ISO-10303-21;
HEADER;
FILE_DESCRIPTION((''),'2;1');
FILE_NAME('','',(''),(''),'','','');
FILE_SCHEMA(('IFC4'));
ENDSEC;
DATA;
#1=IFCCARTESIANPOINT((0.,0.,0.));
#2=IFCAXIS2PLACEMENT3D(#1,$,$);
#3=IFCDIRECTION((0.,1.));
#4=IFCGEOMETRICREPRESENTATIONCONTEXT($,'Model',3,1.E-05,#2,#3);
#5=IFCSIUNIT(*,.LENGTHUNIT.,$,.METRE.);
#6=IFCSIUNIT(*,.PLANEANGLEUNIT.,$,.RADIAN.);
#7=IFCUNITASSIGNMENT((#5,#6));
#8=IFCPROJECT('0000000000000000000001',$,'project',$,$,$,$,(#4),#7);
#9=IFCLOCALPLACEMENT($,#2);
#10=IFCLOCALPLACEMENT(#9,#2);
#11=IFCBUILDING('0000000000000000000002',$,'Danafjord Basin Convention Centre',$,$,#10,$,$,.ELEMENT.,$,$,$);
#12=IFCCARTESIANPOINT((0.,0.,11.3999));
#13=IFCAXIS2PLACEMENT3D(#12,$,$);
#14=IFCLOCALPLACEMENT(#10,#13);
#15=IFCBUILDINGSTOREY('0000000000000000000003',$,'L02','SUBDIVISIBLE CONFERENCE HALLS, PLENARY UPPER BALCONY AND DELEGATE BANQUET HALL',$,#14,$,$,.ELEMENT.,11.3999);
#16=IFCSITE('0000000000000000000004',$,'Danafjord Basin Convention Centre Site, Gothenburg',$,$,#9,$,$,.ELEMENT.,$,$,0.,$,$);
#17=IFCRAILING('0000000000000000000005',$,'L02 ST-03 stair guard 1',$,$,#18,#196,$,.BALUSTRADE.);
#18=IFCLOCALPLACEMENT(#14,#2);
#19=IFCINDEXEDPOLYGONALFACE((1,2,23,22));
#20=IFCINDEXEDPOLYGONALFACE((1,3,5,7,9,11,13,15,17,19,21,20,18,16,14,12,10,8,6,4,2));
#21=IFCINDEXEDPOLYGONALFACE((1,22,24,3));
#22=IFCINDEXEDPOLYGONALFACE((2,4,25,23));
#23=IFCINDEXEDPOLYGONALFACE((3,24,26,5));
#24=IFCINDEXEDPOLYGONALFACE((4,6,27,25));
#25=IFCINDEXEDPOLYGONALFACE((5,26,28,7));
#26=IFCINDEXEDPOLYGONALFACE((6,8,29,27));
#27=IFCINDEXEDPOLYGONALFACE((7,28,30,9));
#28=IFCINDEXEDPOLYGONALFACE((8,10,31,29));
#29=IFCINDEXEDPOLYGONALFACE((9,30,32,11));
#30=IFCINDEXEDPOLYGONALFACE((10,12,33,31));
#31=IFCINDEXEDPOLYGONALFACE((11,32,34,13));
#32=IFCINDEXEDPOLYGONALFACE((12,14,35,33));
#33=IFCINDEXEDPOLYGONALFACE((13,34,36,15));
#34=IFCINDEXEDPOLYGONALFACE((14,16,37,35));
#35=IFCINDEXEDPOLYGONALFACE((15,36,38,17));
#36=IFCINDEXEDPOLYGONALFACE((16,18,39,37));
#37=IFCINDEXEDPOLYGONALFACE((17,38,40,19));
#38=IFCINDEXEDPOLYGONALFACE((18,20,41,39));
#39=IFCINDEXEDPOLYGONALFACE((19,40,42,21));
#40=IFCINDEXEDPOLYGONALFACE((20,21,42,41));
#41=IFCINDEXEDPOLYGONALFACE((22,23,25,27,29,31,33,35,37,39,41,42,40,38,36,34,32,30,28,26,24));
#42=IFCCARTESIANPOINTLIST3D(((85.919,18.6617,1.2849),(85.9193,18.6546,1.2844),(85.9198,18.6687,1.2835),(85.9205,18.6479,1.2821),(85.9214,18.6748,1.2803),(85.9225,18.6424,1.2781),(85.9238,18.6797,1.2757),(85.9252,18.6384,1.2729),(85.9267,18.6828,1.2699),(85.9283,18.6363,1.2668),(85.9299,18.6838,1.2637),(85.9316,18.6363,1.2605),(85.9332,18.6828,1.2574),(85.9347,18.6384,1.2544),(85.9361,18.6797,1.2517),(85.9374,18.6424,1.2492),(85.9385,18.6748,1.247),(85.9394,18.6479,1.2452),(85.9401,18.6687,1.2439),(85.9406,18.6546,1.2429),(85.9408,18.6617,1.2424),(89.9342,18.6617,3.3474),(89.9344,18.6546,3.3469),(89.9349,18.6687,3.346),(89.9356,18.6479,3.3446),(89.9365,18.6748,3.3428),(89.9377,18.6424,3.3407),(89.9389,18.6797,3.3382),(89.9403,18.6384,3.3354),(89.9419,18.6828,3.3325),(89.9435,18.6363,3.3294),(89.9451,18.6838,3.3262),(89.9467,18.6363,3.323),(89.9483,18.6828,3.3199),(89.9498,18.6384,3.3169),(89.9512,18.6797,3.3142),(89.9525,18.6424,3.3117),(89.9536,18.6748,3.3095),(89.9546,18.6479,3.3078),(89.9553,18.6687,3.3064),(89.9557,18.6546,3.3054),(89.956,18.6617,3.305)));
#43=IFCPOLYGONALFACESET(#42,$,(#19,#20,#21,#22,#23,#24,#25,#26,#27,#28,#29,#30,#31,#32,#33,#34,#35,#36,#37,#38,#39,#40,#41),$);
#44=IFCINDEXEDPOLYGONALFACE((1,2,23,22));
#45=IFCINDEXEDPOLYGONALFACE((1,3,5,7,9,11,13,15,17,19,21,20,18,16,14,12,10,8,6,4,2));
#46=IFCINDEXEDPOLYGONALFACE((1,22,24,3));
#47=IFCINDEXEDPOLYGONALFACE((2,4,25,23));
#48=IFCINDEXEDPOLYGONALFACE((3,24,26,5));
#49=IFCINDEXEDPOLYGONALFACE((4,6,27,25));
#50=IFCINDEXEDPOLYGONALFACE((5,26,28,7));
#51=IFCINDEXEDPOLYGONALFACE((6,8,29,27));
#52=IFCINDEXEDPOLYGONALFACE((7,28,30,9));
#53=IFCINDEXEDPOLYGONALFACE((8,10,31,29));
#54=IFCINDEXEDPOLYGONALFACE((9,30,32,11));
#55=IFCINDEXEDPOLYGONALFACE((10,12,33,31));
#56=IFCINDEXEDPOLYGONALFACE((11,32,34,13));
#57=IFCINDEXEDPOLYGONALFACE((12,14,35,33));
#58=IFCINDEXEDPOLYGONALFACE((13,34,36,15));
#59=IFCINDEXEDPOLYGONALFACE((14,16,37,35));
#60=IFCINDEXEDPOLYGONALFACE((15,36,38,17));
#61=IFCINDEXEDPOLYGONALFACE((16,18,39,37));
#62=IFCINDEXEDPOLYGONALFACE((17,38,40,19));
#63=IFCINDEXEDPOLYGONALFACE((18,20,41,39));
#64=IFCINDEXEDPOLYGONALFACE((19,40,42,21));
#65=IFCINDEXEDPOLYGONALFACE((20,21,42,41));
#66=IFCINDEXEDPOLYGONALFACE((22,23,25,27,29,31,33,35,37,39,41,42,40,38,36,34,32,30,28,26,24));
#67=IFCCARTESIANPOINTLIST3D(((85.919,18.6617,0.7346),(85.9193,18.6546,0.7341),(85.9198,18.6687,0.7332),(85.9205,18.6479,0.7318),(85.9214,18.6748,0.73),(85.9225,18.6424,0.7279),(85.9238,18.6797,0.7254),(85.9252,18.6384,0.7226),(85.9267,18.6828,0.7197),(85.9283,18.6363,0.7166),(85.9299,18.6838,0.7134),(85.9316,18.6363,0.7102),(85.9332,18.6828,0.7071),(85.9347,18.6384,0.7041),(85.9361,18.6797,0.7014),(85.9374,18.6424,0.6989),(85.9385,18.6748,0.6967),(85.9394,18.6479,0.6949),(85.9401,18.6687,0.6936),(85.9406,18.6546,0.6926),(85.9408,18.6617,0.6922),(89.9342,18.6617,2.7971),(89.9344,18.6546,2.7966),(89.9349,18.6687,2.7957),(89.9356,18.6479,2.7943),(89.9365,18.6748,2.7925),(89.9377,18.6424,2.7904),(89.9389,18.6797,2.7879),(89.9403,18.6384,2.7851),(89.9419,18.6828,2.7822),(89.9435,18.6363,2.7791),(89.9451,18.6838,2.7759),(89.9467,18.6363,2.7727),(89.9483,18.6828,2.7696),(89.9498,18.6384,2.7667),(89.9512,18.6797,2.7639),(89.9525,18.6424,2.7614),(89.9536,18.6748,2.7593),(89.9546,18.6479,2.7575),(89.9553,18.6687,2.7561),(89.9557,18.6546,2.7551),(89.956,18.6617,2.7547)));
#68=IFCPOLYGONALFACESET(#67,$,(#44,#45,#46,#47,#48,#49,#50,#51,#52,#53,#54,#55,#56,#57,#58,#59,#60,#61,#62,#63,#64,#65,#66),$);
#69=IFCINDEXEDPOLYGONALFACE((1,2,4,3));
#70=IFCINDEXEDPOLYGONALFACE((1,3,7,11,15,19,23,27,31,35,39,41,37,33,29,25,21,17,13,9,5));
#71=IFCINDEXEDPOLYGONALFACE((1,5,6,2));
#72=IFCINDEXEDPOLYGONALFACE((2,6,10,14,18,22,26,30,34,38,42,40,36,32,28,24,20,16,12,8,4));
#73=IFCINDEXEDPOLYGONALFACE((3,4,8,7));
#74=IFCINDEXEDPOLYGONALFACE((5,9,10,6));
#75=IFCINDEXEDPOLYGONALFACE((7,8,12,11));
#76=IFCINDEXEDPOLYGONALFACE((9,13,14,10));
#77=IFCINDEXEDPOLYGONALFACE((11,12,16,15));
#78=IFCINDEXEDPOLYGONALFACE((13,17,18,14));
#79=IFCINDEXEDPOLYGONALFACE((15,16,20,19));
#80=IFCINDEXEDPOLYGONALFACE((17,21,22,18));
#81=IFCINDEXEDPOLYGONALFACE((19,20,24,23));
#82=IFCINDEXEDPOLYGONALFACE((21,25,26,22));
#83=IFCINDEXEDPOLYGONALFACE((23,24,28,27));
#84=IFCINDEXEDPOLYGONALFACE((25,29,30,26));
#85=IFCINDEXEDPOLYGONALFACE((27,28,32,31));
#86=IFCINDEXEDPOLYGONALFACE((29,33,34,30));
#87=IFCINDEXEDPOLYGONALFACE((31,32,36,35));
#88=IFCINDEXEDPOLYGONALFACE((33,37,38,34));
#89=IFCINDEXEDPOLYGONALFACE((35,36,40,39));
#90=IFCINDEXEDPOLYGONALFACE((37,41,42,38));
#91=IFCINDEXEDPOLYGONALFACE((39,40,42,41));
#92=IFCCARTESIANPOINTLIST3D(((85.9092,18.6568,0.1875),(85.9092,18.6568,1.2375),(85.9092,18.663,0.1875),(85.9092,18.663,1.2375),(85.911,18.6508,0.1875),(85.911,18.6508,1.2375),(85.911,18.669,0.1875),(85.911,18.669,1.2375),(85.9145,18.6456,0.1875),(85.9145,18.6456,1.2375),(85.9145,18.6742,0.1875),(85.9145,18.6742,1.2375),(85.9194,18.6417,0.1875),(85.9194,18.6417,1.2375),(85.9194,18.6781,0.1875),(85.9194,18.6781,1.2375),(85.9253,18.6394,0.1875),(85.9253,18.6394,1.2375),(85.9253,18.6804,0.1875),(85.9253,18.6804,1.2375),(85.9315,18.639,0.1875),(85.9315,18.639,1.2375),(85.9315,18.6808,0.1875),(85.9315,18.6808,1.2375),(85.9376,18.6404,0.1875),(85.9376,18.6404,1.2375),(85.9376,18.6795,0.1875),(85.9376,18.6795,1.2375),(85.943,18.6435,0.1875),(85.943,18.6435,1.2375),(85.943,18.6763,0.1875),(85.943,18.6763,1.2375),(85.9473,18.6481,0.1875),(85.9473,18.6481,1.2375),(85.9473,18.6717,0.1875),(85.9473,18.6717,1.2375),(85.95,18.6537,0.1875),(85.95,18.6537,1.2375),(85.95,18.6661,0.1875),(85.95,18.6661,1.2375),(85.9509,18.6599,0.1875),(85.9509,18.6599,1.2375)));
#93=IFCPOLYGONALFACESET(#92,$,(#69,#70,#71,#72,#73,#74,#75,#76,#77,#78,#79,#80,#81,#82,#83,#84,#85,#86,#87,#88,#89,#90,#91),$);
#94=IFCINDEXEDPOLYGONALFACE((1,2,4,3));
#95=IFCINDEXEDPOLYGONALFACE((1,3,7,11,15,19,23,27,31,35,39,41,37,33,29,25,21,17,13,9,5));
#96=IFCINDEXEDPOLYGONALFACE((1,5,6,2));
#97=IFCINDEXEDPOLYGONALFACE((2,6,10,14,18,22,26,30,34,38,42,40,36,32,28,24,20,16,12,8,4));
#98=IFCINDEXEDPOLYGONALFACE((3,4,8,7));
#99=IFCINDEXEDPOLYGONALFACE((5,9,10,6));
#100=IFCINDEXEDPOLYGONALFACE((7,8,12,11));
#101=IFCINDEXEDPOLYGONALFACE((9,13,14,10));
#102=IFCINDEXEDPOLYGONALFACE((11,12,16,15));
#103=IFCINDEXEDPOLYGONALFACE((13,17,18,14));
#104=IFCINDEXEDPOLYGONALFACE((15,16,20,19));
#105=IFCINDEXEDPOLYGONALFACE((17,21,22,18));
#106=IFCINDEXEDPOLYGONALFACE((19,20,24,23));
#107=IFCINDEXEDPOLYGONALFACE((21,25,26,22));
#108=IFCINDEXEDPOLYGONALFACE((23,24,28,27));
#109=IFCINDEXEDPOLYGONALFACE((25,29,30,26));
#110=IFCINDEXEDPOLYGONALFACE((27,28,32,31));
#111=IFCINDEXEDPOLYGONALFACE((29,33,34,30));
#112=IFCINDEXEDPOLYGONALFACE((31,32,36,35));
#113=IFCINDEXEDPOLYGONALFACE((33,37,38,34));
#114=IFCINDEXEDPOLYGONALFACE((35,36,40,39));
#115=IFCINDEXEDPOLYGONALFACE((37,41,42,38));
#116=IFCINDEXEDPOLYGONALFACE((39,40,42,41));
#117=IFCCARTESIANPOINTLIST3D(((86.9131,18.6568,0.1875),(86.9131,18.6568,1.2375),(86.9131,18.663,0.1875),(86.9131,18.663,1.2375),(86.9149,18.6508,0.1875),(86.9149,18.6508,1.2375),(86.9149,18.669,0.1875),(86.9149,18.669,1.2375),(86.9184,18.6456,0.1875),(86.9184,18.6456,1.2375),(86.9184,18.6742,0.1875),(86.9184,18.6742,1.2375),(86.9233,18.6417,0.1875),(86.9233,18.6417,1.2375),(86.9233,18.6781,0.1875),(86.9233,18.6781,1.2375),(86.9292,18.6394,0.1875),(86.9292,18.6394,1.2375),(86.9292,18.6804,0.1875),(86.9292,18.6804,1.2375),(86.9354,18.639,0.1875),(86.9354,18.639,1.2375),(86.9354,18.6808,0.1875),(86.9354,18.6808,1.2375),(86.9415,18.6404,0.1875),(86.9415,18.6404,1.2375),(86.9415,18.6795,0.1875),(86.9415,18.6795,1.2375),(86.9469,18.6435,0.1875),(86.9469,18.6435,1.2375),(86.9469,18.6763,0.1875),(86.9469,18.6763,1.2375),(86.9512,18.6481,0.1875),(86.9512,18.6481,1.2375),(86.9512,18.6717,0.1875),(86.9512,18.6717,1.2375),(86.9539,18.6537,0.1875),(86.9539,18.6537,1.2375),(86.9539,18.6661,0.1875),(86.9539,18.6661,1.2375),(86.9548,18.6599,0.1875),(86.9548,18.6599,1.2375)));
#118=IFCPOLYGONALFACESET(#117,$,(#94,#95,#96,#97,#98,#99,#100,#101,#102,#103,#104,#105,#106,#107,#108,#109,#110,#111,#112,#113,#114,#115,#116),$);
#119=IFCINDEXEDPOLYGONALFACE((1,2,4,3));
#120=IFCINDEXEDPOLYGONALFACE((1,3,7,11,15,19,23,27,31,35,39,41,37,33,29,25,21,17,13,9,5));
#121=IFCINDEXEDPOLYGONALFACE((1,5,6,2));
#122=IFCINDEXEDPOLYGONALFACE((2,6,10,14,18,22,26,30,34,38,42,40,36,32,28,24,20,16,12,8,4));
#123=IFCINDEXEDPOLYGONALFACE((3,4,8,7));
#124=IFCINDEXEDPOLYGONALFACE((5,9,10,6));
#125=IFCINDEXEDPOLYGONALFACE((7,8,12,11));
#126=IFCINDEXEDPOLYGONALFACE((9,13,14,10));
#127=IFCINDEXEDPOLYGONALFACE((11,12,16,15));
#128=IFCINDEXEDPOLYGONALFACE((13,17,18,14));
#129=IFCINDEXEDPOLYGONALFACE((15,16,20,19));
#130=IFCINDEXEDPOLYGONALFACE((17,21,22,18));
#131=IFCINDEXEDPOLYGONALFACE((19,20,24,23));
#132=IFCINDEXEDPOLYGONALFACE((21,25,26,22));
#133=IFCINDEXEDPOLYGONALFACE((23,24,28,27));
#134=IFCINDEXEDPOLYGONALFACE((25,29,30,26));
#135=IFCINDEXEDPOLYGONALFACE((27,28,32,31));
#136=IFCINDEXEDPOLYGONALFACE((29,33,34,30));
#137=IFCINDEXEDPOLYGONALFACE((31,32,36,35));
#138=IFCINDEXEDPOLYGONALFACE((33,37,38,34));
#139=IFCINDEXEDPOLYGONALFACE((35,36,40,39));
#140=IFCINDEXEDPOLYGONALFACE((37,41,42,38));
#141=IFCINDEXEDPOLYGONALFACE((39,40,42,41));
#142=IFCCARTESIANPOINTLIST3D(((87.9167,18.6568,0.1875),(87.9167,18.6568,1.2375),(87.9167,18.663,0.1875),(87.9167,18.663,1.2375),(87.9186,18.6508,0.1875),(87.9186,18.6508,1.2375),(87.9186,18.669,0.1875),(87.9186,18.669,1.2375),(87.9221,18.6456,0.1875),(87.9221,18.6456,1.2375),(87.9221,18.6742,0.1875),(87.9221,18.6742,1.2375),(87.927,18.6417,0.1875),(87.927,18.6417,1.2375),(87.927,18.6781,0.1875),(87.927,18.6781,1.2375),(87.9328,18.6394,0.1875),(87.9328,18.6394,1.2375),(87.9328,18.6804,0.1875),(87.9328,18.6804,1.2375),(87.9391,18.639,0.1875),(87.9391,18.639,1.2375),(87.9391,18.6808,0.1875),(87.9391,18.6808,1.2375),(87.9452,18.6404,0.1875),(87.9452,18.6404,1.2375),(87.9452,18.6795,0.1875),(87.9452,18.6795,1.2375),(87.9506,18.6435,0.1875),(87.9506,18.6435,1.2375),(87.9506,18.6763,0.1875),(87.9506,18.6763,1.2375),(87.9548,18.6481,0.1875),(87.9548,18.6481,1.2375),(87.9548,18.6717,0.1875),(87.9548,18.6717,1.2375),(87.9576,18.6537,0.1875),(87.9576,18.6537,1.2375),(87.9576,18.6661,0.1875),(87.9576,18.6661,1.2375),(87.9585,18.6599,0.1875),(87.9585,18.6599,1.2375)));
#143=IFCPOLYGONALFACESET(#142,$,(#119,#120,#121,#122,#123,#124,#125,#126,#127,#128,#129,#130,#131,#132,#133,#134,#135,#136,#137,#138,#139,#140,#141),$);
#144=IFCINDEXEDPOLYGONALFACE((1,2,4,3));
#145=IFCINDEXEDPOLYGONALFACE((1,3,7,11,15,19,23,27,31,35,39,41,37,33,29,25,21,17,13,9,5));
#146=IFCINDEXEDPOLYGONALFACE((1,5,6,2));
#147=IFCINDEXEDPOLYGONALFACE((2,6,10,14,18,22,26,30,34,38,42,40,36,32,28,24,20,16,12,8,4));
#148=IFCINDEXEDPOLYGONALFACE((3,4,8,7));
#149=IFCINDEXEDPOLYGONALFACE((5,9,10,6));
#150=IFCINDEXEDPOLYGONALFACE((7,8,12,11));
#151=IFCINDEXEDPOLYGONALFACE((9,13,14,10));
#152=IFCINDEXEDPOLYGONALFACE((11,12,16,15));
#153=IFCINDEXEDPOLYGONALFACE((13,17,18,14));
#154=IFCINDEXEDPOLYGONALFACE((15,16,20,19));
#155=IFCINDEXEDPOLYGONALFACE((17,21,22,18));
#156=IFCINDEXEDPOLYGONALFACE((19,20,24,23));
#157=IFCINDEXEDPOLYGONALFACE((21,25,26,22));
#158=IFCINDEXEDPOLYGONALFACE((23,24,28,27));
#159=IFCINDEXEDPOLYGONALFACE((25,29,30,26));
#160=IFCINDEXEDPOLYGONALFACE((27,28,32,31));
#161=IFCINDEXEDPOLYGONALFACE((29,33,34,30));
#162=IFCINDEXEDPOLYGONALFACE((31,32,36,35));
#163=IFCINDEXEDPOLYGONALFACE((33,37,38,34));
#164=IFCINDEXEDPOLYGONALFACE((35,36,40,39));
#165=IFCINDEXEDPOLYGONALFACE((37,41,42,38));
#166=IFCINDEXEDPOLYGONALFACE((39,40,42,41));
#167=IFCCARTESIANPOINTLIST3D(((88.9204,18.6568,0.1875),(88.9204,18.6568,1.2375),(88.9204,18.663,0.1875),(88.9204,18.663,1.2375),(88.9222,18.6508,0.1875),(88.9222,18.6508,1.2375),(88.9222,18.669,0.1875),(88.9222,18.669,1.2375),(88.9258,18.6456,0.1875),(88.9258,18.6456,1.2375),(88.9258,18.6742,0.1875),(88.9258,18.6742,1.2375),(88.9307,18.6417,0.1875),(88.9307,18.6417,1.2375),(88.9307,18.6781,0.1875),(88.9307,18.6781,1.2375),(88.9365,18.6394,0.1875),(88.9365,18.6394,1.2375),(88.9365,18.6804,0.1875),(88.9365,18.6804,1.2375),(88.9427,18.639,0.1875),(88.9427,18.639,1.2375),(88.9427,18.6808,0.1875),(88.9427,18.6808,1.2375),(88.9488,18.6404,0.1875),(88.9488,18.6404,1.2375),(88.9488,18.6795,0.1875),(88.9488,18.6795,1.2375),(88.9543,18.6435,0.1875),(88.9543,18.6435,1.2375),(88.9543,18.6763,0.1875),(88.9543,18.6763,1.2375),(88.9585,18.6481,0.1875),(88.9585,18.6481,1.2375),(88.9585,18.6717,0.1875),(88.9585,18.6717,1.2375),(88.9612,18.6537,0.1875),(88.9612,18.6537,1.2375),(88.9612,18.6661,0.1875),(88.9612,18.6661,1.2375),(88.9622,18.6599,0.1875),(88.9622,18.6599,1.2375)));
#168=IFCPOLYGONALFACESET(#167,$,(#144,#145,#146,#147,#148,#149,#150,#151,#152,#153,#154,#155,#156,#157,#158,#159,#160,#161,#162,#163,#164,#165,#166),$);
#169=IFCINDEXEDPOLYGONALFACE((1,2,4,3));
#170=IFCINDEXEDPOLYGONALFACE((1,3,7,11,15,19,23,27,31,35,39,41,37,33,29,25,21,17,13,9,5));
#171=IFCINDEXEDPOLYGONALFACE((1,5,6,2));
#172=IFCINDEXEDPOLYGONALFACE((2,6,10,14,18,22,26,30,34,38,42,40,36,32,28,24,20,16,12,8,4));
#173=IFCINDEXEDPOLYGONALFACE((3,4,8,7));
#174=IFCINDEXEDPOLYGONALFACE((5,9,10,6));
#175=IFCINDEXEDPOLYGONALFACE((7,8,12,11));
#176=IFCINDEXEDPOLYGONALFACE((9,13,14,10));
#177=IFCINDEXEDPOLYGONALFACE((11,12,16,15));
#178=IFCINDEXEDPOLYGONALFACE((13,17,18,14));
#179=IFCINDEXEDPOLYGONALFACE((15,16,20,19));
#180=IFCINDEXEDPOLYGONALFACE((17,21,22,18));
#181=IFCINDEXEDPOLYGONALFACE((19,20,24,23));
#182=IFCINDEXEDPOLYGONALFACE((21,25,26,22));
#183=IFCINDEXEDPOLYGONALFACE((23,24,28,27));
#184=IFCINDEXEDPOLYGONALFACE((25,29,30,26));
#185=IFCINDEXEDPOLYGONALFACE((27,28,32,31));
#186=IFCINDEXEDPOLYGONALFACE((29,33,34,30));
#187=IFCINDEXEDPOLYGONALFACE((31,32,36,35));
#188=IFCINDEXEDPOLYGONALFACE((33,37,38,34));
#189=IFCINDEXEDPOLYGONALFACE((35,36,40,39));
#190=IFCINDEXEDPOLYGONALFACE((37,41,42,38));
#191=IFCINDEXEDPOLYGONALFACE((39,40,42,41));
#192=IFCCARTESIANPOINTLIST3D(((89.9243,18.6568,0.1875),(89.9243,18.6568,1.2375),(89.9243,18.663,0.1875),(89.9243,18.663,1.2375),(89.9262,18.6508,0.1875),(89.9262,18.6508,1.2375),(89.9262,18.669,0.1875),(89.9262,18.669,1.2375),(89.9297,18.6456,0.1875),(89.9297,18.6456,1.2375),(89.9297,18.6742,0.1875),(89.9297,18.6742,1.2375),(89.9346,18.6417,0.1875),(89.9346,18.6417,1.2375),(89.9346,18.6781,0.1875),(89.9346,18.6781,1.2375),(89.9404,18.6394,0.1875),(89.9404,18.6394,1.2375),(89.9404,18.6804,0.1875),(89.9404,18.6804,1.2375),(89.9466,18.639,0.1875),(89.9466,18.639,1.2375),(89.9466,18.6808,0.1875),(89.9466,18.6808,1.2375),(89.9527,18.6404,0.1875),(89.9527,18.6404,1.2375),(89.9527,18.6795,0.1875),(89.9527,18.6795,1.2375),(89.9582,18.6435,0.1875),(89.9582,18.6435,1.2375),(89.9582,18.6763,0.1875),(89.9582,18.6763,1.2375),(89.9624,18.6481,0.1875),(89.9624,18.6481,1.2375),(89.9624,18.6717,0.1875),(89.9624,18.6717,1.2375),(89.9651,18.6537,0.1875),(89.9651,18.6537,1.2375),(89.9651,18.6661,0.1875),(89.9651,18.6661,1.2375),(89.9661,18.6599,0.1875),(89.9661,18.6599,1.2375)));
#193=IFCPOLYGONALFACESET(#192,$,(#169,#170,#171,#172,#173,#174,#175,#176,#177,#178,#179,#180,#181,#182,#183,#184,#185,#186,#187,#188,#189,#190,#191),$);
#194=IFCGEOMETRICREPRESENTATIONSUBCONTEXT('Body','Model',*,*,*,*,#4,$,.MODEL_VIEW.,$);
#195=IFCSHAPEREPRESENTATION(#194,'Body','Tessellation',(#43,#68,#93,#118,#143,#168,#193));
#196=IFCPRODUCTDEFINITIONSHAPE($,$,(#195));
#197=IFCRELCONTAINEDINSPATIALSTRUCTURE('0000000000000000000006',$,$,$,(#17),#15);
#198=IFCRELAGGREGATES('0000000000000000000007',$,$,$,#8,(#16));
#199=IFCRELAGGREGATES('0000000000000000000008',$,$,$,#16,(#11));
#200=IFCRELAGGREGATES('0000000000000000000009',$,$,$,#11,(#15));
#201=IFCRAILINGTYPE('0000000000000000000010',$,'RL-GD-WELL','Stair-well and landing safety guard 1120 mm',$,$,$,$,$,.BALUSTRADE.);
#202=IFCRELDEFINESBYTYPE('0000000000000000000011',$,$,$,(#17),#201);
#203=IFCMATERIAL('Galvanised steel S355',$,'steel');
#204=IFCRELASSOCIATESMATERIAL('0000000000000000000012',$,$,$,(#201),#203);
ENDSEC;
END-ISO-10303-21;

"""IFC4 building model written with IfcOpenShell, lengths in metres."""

from ifc_helpers import new_model, si_unit, direction, frame, origin, origin_2d, place, context, subcontext, project, spatial, circle, extrude, material, type_object, element, save


model = new_model("IFC4")

# Units and contexts
model_context = context("Model", 3, precision=1e-05, world=origin(), true_north=direction((0.0, 1.0)))
body_context = subcontext(model_context, "Body", "Model", "MODEL_VIEW")
ifc_project = project(units=[si_unit("LENGTHUNIT", "METRE"), si_unit("PLANEANGLEUNIT", "RADIAN")], contexts=[model_context])

# Site, building, storey
site_placement = place(None, origin())
site = spatial("IfcSite", under=ifc_project, at=site_placement, Name="Danafjord Basin Convention Centre Site, Gothenburg", CompositionType="ELEMENT", RefElevation=0.0)
building_placement = place(site_placement, origin())
building = spatial("IfcBuilding", under=site, at=building_placement, Name="Danafjord Basin Convention Centre", CompositionType="ELEMENT")
storey_placement = place(building_placement, frame((0.0, 0.0, 11.3999)))
storey = spatial("IfcBuildingStorey", under=building, at=storey_placement, Name="L02", Description="SUBDIVISIBLE CONFERENCE HALLS, PLENARY UPPER BALCONY AND DELEGATE BANQUET HALL", CompositionType="ELEMENT", Elevation=11.3999)

# Railing
ifc_material_1 = material(Name="Galvanised steel S355", Category="steel")
railing_type_1 = type_object("IfcRailingType", Name="RL-GD-WELL", Description="Stair-well and landing safety guard 1120 mm", PredefinedType="BALUSTRADE", material=ifc_material_1)
railing_1_placement = place(storey_placement, frame((85.9299, 18.6599, 0.1875)))
element("IfcRailing", 1, at=railing_1_placement, inside=storey, type_object=railing_type_1, Name="L02 ST-03 stair guard 1", PredefinedType="BALUSTRADE", context=body_context, shape_type="SweptSolid", body=[
    extrude(circle(Radius=0.0239, at=origin_2d()), frame((0.0, 0.0, 1.0762), z_axis=(0.889506, 0.0, 0.456923), x_axis=(0.0, 1.0, 0.0)), (0.0, 0.0, 1.0), 4.5139),
    extrude(circle(Radius=0.0239, at=origin_2d()), frame((0.0, 0.0, 0.5259), z_axis=(0.889506, 0.0, 0.456923), x_axis=(0.0, 1.0, 0.0)), (0.0, 0.0, 1.0), 4.5139),
    extrude(circle(Radius=0.021, at=origin_2d()), origin(), (0.0, 0.0, 1.0), 1.05),
    extrude(circle(Radius=0.021, at=origin_2d()), frame((1.0039, 0.0, 0.0)), (0.0, 0.0, 1.0), 1.05),
    extrude(circle(Radius=0.021, at=origin_2d()), frame((2.0076, 0.0, 0.0)), (0.0, 0.0, 1.0), 1.05),
    extrude(circle(Radius=0.021, at=origin_2d()), frame((3.0112, 0.0, 0.0)), (0.0, 0.0, 1.0), 1.05),
    extrude(circle(Radius=0.021, at=origin_2d()), frame((4.0151, 0.0, 0.0)), (0.0, 0.0, 1.0), 1.05),
])

save(model, "model.ifc")
